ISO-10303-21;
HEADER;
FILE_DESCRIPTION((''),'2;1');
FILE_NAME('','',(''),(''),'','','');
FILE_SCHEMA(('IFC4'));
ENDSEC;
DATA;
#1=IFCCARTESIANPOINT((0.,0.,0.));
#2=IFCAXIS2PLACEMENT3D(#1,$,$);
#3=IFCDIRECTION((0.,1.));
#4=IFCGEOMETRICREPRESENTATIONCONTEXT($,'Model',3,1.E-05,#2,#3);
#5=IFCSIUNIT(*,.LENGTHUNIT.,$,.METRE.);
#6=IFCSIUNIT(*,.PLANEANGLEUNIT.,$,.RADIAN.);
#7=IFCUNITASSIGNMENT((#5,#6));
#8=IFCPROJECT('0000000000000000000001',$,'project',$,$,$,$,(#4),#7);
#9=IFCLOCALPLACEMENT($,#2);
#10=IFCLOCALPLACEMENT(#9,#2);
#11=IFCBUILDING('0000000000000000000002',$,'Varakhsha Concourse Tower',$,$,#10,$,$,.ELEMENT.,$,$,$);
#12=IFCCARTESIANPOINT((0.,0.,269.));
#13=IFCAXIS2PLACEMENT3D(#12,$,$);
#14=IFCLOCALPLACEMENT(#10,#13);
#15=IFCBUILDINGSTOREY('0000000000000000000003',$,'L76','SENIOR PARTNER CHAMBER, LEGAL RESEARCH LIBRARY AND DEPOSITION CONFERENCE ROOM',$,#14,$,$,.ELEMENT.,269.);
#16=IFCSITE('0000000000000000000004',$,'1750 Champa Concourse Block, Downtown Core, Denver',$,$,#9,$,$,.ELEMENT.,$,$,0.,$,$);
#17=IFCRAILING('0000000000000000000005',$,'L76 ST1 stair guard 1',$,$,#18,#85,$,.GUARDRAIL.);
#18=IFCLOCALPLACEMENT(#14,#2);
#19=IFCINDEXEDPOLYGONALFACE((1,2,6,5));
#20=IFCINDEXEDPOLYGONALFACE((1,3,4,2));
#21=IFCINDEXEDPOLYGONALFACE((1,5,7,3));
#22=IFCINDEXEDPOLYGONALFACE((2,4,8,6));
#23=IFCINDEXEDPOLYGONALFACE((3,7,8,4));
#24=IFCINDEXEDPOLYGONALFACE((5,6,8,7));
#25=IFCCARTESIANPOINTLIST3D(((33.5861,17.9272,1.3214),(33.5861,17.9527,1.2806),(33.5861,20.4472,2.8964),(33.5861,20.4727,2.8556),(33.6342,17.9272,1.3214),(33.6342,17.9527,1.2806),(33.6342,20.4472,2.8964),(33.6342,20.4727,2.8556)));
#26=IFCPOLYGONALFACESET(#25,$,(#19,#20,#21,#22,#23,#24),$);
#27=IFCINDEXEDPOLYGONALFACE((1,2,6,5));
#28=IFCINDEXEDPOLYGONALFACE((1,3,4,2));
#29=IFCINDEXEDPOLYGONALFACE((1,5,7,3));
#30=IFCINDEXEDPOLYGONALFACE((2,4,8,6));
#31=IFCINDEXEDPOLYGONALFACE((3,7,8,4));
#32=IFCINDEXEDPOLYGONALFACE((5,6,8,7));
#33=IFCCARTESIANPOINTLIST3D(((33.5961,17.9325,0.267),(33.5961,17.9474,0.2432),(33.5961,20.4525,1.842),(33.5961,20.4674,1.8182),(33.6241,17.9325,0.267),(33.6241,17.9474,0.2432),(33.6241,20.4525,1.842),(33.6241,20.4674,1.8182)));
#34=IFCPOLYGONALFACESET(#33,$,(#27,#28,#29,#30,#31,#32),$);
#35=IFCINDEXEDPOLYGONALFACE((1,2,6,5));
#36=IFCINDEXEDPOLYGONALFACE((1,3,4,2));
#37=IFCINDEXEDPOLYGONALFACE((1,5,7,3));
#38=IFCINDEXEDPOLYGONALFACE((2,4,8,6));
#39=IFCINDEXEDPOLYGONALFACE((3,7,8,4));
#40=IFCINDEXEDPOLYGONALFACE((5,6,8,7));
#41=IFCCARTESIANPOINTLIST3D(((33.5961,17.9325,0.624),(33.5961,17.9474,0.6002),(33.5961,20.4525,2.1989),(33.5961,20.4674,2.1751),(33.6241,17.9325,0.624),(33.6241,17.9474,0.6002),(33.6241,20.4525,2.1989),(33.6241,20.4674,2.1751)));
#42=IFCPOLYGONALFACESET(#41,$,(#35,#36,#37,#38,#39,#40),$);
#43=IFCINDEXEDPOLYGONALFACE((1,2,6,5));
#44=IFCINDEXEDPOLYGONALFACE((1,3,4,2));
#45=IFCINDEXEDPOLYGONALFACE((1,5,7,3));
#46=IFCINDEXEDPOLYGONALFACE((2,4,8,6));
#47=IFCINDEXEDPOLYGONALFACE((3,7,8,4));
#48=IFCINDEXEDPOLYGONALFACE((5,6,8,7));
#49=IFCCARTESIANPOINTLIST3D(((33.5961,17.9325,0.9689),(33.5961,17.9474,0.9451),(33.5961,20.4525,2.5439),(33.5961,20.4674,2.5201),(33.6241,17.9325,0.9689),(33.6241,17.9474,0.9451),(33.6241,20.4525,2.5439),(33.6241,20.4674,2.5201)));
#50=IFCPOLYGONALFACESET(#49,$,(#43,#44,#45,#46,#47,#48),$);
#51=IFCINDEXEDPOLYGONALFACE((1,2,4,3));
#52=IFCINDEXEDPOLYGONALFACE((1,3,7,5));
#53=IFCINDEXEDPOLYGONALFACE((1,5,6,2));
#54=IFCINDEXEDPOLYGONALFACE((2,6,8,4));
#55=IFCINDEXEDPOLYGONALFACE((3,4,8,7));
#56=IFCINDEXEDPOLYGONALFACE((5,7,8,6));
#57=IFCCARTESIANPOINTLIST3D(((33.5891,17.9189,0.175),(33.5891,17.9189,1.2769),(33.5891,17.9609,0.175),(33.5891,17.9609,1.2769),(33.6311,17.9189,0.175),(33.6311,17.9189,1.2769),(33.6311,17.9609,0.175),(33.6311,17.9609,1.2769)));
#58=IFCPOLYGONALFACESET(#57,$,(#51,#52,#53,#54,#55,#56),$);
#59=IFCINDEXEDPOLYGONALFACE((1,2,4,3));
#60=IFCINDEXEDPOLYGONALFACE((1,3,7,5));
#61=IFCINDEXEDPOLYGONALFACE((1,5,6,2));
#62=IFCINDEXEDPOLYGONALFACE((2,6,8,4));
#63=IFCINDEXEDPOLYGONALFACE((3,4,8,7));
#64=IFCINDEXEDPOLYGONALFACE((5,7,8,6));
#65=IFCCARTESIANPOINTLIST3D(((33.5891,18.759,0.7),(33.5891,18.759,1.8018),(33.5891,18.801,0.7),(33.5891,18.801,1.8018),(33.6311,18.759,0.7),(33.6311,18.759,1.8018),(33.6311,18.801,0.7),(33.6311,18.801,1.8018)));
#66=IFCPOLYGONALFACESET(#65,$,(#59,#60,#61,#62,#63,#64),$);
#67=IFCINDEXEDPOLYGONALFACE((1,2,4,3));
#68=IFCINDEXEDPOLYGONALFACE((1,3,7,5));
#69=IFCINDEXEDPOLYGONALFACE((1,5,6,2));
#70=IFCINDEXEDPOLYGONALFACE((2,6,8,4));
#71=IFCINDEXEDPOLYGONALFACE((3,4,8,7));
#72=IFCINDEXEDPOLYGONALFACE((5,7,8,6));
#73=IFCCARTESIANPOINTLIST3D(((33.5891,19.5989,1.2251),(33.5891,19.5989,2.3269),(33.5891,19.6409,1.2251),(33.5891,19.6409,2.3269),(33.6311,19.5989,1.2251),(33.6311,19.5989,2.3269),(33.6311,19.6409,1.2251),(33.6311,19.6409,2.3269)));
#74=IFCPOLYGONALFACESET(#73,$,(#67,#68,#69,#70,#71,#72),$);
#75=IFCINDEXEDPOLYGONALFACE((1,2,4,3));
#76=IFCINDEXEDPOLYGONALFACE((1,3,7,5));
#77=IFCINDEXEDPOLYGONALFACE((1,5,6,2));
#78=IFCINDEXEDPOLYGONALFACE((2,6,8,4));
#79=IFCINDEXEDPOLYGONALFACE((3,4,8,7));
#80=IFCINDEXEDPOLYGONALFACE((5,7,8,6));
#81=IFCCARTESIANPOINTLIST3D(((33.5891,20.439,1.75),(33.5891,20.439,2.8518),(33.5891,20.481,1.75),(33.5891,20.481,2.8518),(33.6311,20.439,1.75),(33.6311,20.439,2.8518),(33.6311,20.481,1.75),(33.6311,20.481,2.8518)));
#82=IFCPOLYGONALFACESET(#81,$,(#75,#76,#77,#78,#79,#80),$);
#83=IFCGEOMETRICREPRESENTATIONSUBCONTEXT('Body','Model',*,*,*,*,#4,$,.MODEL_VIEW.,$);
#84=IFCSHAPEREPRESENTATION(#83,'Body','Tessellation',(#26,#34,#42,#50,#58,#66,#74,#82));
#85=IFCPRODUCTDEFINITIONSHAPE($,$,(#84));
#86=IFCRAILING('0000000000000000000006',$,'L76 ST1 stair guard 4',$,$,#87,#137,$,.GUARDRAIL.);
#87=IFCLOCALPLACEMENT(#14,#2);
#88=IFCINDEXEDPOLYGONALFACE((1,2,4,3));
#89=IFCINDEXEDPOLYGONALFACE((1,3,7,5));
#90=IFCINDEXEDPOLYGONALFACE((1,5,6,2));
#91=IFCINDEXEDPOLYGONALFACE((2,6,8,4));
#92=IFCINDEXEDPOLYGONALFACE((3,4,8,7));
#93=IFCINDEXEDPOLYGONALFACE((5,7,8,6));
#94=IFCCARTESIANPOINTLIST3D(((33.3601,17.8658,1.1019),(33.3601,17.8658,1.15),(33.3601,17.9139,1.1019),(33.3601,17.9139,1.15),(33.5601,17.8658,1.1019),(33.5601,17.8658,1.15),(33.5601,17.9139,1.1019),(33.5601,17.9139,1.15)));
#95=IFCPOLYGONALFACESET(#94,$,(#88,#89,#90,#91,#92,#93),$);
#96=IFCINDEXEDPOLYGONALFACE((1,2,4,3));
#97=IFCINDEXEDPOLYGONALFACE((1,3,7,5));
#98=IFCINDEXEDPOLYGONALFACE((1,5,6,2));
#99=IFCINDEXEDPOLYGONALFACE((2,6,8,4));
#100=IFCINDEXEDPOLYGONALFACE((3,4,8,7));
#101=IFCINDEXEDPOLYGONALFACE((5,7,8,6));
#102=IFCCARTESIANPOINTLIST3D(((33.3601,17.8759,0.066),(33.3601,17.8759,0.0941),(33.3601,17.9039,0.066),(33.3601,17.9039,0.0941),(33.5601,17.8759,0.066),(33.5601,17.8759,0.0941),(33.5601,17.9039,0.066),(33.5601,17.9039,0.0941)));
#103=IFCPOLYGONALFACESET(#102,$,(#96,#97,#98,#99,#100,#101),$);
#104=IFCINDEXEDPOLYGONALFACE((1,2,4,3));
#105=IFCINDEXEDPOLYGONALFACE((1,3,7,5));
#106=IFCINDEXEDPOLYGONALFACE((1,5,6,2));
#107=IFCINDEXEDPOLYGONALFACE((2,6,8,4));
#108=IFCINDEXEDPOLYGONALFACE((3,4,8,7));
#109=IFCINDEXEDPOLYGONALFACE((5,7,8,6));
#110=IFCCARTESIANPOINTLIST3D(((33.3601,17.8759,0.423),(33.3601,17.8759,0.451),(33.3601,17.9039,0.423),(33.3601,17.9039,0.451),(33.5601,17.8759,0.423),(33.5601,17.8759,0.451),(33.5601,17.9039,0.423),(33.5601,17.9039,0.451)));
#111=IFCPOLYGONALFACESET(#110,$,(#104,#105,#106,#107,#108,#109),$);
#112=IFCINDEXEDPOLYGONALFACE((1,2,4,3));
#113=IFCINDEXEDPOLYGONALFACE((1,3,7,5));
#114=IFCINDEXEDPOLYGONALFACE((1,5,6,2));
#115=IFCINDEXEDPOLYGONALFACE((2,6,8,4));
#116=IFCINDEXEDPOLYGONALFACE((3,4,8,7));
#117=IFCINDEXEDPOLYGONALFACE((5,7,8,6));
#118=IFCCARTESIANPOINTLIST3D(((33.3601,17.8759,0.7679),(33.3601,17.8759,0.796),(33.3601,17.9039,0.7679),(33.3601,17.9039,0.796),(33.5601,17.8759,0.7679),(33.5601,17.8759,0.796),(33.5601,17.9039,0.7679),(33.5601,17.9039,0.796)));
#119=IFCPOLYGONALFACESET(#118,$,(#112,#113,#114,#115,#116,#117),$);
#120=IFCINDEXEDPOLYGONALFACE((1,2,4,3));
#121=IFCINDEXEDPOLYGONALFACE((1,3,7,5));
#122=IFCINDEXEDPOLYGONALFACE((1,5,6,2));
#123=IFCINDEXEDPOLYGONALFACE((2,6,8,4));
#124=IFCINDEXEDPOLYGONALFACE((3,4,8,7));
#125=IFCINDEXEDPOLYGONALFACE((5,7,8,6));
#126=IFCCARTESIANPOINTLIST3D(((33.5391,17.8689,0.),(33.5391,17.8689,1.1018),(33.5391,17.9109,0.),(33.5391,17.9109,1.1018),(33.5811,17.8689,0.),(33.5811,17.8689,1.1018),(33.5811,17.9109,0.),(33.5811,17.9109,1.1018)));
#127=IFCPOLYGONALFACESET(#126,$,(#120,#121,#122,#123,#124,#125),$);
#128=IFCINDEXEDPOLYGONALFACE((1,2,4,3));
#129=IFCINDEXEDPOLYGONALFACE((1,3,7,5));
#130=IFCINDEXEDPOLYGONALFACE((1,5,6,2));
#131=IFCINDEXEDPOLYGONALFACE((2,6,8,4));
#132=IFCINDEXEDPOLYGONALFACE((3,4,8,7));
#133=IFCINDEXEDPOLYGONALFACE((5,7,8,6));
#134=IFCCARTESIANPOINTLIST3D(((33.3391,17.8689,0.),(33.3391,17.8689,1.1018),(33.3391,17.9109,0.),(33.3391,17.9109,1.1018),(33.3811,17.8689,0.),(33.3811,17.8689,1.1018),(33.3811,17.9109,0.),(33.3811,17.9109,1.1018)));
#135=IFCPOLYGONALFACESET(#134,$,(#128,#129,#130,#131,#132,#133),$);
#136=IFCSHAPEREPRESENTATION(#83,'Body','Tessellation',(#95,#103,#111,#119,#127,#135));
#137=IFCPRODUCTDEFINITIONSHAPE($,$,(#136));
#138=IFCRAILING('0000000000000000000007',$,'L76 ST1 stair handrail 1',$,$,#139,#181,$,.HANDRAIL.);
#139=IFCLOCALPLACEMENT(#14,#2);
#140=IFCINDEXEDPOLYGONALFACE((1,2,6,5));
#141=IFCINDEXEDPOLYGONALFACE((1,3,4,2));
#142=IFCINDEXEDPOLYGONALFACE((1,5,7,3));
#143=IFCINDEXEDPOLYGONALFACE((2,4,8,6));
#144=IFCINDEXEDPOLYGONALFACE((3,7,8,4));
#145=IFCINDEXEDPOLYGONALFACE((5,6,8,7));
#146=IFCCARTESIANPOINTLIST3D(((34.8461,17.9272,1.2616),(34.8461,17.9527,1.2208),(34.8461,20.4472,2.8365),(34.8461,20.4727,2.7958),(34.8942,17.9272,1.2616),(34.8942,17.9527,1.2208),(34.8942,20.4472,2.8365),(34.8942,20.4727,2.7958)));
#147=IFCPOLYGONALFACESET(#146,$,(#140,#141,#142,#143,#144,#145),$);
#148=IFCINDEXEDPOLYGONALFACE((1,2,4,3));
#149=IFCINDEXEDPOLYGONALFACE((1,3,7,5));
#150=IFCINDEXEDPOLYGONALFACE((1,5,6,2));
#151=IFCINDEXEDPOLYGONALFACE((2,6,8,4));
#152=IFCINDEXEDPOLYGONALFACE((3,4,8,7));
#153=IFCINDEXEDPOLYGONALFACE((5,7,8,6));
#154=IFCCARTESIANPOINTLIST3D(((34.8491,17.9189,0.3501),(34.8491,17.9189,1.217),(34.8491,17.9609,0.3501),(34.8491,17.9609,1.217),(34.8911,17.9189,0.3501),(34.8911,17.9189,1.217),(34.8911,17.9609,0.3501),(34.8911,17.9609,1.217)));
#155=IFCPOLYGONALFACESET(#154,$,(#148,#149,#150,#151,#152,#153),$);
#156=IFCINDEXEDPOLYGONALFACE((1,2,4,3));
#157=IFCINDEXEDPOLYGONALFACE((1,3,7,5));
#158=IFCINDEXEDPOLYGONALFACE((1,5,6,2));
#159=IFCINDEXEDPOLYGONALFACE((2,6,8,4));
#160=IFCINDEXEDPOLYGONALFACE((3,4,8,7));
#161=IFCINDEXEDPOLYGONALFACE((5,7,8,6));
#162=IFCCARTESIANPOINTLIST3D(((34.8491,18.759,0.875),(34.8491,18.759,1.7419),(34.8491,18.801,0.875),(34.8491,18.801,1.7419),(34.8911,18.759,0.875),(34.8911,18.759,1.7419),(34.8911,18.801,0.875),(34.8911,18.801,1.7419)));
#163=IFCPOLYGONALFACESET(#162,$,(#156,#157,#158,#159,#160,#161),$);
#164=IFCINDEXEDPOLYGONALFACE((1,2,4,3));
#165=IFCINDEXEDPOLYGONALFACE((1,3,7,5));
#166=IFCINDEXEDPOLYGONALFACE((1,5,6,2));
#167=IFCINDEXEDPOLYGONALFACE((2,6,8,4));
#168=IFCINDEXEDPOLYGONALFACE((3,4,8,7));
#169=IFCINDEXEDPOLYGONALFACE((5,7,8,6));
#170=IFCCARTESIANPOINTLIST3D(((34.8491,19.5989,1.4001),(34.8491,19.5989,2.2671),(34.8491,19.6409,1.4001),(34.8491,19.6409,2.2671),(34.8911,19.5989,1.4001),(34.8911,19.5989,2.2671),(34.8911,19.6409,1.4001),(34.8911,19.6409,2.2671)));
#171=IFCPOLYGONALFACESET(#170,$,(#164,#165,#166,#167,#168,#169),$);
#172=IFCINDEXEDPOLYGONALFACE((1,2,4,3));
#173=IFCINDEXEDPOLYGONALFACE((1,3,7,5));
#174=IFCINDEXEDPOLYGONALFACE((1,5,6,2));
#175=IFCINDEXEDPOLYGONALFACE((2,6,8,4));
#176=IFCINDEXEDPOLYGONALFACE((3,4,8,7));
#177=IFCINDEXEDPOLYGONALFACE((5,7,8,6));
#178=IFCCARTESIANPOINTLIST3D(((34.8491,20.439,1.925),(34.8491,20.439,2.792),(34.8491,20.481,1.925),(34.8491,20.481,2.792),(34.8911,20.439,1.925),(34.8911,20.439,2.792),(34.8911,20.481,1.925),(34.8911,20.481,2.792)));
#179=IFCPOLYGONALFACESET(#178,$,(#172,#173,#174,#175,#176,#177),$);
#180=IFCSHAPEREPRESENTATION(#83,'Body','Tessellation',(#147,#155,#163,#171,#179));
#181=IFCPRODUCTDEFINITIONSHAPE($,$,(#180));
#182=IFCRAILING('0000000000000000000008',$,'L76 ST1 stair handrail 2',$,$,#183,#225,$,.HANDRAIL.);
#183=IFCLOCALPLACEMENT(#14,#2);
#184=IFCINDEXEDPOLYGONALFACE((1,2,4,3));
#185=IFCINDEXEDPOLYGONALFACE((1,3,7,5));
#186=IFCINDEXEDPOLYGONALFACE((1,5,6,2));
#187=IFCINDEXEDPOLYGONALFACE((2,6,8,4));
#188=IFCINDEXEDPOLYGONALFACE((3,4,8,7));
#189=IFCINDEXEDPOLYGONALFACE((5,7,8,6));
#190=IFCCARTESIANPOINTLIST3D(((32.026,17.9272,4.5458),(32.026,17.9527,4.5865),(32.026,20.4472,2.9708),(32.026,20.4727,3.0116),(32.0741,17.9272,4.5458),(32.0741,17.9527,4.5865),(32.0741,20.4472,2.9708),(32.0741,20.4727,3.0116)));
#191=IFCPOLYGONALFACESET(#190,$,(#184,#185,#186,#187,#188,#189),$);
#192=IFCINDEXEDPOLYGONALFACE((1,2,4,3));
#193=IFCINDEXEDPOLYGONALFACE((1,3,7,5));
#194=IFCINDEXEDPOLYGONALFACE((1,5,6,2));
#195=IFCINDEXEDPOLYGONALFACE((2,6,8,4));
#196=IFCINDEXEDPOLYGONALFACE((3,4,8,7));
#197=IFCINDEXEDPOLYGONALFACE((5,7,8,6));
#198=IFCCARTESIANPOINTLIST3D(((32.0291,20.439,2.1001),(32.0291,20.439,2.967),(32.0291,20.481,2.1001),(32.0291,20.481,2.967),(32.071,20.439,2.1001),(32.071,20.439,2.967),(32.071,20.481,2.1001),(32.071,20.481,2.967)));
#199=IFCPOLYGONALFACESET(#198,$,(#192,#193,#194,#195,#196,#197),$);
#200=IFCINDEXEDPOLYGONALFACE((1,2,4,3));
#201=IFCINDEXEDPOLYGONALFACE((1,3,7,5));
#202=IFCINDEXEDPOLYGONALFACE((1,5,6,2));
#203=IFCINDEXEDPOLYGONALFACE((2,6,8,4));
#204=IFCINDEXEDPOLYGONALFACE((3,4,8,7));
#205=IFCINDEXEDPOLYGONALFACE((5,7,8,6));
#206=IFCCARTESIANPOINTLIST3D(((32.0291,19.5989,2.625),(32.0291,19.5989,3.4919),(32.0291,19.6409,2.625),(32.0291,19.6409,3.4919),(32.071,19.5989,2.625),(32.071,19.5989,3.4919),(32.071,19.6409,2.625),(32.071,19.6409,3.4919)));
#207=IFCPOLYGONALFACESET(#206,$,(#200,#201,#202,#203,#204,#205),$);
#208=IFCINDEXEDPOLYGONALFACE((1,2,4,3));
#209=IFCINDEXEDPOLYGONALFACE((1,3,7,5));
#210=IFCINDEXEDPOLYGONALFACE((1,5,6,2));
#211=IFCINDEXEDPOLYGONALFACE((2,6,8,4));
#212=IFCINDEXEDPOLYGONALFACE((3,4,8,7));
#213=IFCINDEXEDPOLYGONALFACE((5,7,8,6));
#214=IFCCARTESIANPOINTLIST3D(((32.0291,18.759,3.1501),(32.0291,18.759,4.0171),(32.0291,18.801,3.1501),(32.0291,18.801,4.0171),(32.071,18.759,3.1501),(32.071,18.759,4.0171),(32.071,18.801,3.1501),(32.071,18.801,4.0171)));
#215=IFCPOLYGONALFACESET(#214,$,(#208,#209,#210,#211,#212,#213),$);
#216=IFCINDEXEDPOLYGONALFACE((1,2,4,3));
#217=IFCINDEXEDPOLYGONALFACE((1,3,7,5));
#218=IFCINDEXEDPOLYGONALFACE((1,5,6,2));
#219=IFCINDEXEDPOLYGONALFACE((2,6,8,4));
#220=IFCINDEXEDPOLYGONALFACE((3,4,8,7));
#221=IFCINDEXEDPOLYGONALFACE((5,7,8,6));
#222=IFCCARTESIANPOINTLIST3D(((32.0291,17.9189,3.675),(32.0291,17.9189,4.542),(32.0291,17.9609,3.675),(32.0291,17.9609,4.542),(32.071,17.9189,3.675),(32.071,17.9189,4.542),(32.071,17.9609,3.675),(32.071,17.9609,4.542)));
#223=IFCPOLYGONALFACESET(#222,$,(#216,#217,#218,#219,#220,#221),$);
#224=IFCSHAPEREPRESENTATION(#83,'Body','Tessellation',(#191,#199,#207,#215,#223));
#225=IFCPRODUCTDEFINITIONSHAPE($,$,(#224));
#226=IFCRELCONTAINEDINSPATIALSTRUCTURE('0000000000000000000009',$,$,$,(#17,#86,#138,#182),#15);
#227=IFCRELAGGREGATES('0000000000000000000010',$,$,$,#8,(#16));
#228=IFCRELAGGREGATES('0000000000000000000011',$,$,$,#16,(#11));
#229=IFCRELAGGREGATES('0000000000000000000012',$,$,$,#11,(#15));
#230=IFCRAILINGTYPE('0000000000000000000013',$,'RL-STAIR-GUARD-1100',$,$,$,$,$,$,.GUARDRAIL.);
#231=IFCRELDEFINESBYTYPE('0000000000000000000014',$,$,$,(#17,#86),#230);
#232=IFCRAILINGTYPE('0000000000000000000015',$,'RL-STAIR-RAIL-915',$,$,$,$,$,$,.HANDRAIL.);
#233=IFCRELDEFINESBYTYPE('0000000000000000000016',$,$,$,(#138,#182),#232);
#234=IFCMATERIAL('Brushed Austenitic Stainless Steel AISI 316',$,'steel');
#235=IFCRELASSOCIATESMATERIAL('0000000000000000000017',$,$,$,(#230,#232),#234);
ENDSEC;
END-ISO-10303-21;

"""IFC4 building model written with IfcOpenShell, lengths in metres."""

from ifc_helpers import new_model, si_unit, direction, frame, origin, origin_2d, place, context, subcontext, project, spatial, rectangle, extrude, material, type_object, element, save


model = new_model("IFC4")

# Units and contexts
model_context = context("Model", 3, precision=1e-05, world=origin(), true_north=direction((0.0, 1.0)))
body_context = subcontext(model_context, "Body", "Model", "MODEL_VIEW")
ifc_project = project(units=[si_unit("LENGTHUNIT", "METRE"), si_unit("PLANEANGLEUNIT", "RADIAN")], contexts=[model_context])

# Site, building, storey
site_placement = place(None, origin())
site = spatial("IfcSite", under=ifc_project, at=site_placement, Name="1750 Champa Concourse Block, Downtown Core, Denver", CompositionType="ELEMENT", RefElevation=0.0)
building_placement = place(site_placement, origin())
building = spatial("IfcBuilding", under=site, at=building_placement, Name="Varakhsha Concourse Tower", CompositionType="ELEMENT")
storey_placement = place(building_placement, frame((0.0, 0.0, 269.0)))
storey = spatial("IfcBuildingStorey", under=building, at=storey_placement, Name="L76", Description="SENIOR PARTNER CHAMBER, LEGAL RESEARCH LIBRARY AND DEPOSITION CONFERENCE ROOM", CompositionType="ELEMENT", Elevation=269.0)

# Railings
ifc_material_1 = material(Name="Brushed Austenitic Stainless Steel AISI 316", Category="steel")
railing_type_1 = type_object("IfcRailingType", Name="RL-STAIR-GUARD-1100", PredefinedType="GUARDRAIL", material=ifc_material_1)
railing_1_placement = place(storey_placement, frame((33.6101, 17.9399, 0.175)))
element("IfcRailing", 1, at=railing_1_placement, inside=storey, type_object=railing_type_1, Name="L76 ST1 stair guard 1", PredefinedType="GUARDRAIL", context=body_context, shape_type="SweptSolid", body=[
    extrude(rectangle(XDim=0.0481, YDim=0.0481, at=origin_2d()), frame((0.0, 0.0, 1.126), z_axis=(0.0, 0.848008, 0.529984), x_axis=(-1.0, 0.0, 0.0)), (0.0, 0.0, 1.0), 2.9717),
    extrude(rectangle(XDim=0.0281, YDim=0.0281, at=origin_2d()), frame((0.0, 0.0, 0.0801), z_axis=(0.0, 0.848008, 0.529984), x_axis=(-1.0, 0.0, 0.0)), (0.0, 0.0, 1.0), 2.9717),
    extrude(rectangle(XDim=0.0281, YDim=0.0281, at=origin_2d()), frame((0.0, 0.0, 0.437), z_axis=(0.0, 0.848008, 0.529984), x_axis=(-1.0, 0.0, 0.0)), (0.0, 0.0, 1.0), 2.9717),
    extrude(rectangle(XDim=0.0281, YDim=0.0281, at=origin_2d()), frame((0.0, 0.0, 0.782), z_axis=(0.0, 0.848008, 0.529984), x_axis=(-1.0, 0.0, 0.0)), (0.0, 0.0, 1.0), 2.9717),
    extrude(rectangle(XDim=0.042, YDim=0.042, at=origin_2d()), origin(), (0.0, 0.0, 1.0), 1.1018),
    extrude(rectangle(XDim=0.042, YDim=0.042, at=origin_2d()), frame((0.0, 0.8401, 0.5249)), (0.0, 0.0, 1.0), 1.1018),
    extrude(rectangle(XDim=0.042, YDim=0.042, at=origin_2d()), frame((0.0, 1.6799, 1.05)), (0.0, 0.0, 1.0), 1.1018),
    extrude(rectangle(XDim=0.042, YDim=0.042, at=origin_2d()), frame((0.0, 2.52, 1.575)), (0.0, 0.0, 1.0), 1.1018),
])
railing_2_placement = place(storey_placement, frame((33.5601, 17.8899, 0.0)))
element("IfcRailing", 2, at=railing_2_placement, inside=storey, type_object=railing_type_1, Name="L76 ST1 stair guard 4", PredefinedType="GUARDRAIL", context=body_context, shape_type="SweptSolid", body=[
    extrude(rectangle(XDim=0.0481, YDim=0.0481, at=origin_2d()), frame((0.0, 0.0, 1.126), z_axis=(-1.0, 0.0, 0.0), x_axis=(0.0, -1.0, 0.0)), (0.0, 0.0, 1.0), 0.2),
    extrude(rectangle(XDim=0.0281, YDim=0.0281, at=origin_2d()), frame((0.0, 0.0, 0.0801), z_axis=(-1.0, 0.0, 0.0), x_axis=(0.0, -1.0, 0.0)), (0.0, 0.0, 1.0), 0.2),
    extrude(rectangle(XDim=0.0281, YDim=0.0281, at=origin_2d()), frame((0.0, 0.0, 0.437), z_axis=(-1.0, 0.0, 0.0), x_axis=(0.0, -1.0, 0.0)), (0.0, 0.0, 1.0), 0.2),
    extrude(rectangle(XDim=0.0281, YDim=0.0281, at=origin_2d()), frame((0.0, 0.0, 0.782), z_axis=(-1.0, 0.0, 0.0), x_axis=(0.0, -1.0, 0.0)), (0.0, 0.0, 1.0), 0.2),
    extrude(rectangle(XDim=0.042, YDim=0.042, at=origin_2d()), origin(), (0.0, 0.0, 1.0), 1.1018),
    extrude(rectangle(XDim=0.042, YDim=0.042, at=origin_2d()), frame((-0.2, 0.0, 0.0)), (0.0, 0.0, 1.0), 1.1018),
])
railing_type_2 = type_object("IfcRailingType", Name="RL-STAIR-RAIL-915", PredefinedType="HANDRAIL", material=ifc_material_1)
railing_3_placement = place(storey_placement, frame((34.8701, 17.9399, 0.3501)))
element("IfcRailing", 3, at=railing_3_placement, inside=storey, type_object=railing_type_2, Name="L76 ST1 stair handrail 1", PredefinedType="HANDRAIL", context=body_context, shape_type="SweptSolid", body=[
    extrude(rectangle(XDim=0.0481, YDim=0.0481, at=origin_2d()), frame((0.0, 0.0, 0.8911), z_axis=(0.0, 0.848008, 0.529984), x_axis=(-1.0, 0.0, 0.0)), (0.0, 0.0, 1.0), 2.9717),
    extrude(rectangle(XDim=0.042, YDim=0.042, at=origin_2d()), origin(), (0.0, 0.0, 1.0), 0.8669),
    extrude(rectangle(XDim=0.042, YDim=0.042, at=origin_2d()), frame((0.0, 0.8401, 0.5249)), (0.0, 0.0, 1.0), 0.8669),
    extrude(rectangle(XDim=0.042, YDim=0.042, at=origin_2d()), frame((0.0, 1.6799, 1.05)), (0.0, 0.0, 1.0), 0.8669),
    extrude(rectangle(XDim=0.042, YDim=0.042, at=origin_2d()), frame((0.0, 2.52, 1.575)), (0.0, 0.0, 1.0), 0.8669),
])
railing_4_placement = place(storey_placement, frame((32.05, 20.46, 2.1001)))
element("IfcRailing", 4, at=railing_4_placement, inside=storey, type_object=railing_type_2, Name="L76 ST1 stair handrail 2", PredefinedType="HANDRAIL", context=body_context, shape_type="SweptSolid", body=[
    extrude(rectangle(XDim=0.0481, YDim=0.0481, at=origin_2d()), frame((0.0, 0.0, 0.8911), z_axis=(0.0, -0.848008, 0.529984), x_axis=(1.0, 0.0, 0.0)), (0.0, 0.0, 1.0), 2.9717),
    extrude(rectangle(XDim=0.042, YDim=0.042, at=origin_2d()), origin(), (0.0, 0.0, 1.0), 0.8669),
    extrude(rectangle(XDim=0.042, YDim=0.042, at=origin_2d()), frame((0.0, -0.8401, 0.5249)), (0.0, 0.0, 1.0), 0.8669),
    extrude(rectangle(XDim=0.042, YDim=0.042, at=origin_2d()), frame((0.0, -1.6799, 1.05)), (0.0, 0.0, 1.0), 0.8669),
    extrude(rectangle(XDim=0.042, YDim=0.042, at=origin_2d()), frame((0.0, -2.52, 1.575)), (0.0, 0.0, 1.0), 0.8669),
])

save(model, "model.ifc")
